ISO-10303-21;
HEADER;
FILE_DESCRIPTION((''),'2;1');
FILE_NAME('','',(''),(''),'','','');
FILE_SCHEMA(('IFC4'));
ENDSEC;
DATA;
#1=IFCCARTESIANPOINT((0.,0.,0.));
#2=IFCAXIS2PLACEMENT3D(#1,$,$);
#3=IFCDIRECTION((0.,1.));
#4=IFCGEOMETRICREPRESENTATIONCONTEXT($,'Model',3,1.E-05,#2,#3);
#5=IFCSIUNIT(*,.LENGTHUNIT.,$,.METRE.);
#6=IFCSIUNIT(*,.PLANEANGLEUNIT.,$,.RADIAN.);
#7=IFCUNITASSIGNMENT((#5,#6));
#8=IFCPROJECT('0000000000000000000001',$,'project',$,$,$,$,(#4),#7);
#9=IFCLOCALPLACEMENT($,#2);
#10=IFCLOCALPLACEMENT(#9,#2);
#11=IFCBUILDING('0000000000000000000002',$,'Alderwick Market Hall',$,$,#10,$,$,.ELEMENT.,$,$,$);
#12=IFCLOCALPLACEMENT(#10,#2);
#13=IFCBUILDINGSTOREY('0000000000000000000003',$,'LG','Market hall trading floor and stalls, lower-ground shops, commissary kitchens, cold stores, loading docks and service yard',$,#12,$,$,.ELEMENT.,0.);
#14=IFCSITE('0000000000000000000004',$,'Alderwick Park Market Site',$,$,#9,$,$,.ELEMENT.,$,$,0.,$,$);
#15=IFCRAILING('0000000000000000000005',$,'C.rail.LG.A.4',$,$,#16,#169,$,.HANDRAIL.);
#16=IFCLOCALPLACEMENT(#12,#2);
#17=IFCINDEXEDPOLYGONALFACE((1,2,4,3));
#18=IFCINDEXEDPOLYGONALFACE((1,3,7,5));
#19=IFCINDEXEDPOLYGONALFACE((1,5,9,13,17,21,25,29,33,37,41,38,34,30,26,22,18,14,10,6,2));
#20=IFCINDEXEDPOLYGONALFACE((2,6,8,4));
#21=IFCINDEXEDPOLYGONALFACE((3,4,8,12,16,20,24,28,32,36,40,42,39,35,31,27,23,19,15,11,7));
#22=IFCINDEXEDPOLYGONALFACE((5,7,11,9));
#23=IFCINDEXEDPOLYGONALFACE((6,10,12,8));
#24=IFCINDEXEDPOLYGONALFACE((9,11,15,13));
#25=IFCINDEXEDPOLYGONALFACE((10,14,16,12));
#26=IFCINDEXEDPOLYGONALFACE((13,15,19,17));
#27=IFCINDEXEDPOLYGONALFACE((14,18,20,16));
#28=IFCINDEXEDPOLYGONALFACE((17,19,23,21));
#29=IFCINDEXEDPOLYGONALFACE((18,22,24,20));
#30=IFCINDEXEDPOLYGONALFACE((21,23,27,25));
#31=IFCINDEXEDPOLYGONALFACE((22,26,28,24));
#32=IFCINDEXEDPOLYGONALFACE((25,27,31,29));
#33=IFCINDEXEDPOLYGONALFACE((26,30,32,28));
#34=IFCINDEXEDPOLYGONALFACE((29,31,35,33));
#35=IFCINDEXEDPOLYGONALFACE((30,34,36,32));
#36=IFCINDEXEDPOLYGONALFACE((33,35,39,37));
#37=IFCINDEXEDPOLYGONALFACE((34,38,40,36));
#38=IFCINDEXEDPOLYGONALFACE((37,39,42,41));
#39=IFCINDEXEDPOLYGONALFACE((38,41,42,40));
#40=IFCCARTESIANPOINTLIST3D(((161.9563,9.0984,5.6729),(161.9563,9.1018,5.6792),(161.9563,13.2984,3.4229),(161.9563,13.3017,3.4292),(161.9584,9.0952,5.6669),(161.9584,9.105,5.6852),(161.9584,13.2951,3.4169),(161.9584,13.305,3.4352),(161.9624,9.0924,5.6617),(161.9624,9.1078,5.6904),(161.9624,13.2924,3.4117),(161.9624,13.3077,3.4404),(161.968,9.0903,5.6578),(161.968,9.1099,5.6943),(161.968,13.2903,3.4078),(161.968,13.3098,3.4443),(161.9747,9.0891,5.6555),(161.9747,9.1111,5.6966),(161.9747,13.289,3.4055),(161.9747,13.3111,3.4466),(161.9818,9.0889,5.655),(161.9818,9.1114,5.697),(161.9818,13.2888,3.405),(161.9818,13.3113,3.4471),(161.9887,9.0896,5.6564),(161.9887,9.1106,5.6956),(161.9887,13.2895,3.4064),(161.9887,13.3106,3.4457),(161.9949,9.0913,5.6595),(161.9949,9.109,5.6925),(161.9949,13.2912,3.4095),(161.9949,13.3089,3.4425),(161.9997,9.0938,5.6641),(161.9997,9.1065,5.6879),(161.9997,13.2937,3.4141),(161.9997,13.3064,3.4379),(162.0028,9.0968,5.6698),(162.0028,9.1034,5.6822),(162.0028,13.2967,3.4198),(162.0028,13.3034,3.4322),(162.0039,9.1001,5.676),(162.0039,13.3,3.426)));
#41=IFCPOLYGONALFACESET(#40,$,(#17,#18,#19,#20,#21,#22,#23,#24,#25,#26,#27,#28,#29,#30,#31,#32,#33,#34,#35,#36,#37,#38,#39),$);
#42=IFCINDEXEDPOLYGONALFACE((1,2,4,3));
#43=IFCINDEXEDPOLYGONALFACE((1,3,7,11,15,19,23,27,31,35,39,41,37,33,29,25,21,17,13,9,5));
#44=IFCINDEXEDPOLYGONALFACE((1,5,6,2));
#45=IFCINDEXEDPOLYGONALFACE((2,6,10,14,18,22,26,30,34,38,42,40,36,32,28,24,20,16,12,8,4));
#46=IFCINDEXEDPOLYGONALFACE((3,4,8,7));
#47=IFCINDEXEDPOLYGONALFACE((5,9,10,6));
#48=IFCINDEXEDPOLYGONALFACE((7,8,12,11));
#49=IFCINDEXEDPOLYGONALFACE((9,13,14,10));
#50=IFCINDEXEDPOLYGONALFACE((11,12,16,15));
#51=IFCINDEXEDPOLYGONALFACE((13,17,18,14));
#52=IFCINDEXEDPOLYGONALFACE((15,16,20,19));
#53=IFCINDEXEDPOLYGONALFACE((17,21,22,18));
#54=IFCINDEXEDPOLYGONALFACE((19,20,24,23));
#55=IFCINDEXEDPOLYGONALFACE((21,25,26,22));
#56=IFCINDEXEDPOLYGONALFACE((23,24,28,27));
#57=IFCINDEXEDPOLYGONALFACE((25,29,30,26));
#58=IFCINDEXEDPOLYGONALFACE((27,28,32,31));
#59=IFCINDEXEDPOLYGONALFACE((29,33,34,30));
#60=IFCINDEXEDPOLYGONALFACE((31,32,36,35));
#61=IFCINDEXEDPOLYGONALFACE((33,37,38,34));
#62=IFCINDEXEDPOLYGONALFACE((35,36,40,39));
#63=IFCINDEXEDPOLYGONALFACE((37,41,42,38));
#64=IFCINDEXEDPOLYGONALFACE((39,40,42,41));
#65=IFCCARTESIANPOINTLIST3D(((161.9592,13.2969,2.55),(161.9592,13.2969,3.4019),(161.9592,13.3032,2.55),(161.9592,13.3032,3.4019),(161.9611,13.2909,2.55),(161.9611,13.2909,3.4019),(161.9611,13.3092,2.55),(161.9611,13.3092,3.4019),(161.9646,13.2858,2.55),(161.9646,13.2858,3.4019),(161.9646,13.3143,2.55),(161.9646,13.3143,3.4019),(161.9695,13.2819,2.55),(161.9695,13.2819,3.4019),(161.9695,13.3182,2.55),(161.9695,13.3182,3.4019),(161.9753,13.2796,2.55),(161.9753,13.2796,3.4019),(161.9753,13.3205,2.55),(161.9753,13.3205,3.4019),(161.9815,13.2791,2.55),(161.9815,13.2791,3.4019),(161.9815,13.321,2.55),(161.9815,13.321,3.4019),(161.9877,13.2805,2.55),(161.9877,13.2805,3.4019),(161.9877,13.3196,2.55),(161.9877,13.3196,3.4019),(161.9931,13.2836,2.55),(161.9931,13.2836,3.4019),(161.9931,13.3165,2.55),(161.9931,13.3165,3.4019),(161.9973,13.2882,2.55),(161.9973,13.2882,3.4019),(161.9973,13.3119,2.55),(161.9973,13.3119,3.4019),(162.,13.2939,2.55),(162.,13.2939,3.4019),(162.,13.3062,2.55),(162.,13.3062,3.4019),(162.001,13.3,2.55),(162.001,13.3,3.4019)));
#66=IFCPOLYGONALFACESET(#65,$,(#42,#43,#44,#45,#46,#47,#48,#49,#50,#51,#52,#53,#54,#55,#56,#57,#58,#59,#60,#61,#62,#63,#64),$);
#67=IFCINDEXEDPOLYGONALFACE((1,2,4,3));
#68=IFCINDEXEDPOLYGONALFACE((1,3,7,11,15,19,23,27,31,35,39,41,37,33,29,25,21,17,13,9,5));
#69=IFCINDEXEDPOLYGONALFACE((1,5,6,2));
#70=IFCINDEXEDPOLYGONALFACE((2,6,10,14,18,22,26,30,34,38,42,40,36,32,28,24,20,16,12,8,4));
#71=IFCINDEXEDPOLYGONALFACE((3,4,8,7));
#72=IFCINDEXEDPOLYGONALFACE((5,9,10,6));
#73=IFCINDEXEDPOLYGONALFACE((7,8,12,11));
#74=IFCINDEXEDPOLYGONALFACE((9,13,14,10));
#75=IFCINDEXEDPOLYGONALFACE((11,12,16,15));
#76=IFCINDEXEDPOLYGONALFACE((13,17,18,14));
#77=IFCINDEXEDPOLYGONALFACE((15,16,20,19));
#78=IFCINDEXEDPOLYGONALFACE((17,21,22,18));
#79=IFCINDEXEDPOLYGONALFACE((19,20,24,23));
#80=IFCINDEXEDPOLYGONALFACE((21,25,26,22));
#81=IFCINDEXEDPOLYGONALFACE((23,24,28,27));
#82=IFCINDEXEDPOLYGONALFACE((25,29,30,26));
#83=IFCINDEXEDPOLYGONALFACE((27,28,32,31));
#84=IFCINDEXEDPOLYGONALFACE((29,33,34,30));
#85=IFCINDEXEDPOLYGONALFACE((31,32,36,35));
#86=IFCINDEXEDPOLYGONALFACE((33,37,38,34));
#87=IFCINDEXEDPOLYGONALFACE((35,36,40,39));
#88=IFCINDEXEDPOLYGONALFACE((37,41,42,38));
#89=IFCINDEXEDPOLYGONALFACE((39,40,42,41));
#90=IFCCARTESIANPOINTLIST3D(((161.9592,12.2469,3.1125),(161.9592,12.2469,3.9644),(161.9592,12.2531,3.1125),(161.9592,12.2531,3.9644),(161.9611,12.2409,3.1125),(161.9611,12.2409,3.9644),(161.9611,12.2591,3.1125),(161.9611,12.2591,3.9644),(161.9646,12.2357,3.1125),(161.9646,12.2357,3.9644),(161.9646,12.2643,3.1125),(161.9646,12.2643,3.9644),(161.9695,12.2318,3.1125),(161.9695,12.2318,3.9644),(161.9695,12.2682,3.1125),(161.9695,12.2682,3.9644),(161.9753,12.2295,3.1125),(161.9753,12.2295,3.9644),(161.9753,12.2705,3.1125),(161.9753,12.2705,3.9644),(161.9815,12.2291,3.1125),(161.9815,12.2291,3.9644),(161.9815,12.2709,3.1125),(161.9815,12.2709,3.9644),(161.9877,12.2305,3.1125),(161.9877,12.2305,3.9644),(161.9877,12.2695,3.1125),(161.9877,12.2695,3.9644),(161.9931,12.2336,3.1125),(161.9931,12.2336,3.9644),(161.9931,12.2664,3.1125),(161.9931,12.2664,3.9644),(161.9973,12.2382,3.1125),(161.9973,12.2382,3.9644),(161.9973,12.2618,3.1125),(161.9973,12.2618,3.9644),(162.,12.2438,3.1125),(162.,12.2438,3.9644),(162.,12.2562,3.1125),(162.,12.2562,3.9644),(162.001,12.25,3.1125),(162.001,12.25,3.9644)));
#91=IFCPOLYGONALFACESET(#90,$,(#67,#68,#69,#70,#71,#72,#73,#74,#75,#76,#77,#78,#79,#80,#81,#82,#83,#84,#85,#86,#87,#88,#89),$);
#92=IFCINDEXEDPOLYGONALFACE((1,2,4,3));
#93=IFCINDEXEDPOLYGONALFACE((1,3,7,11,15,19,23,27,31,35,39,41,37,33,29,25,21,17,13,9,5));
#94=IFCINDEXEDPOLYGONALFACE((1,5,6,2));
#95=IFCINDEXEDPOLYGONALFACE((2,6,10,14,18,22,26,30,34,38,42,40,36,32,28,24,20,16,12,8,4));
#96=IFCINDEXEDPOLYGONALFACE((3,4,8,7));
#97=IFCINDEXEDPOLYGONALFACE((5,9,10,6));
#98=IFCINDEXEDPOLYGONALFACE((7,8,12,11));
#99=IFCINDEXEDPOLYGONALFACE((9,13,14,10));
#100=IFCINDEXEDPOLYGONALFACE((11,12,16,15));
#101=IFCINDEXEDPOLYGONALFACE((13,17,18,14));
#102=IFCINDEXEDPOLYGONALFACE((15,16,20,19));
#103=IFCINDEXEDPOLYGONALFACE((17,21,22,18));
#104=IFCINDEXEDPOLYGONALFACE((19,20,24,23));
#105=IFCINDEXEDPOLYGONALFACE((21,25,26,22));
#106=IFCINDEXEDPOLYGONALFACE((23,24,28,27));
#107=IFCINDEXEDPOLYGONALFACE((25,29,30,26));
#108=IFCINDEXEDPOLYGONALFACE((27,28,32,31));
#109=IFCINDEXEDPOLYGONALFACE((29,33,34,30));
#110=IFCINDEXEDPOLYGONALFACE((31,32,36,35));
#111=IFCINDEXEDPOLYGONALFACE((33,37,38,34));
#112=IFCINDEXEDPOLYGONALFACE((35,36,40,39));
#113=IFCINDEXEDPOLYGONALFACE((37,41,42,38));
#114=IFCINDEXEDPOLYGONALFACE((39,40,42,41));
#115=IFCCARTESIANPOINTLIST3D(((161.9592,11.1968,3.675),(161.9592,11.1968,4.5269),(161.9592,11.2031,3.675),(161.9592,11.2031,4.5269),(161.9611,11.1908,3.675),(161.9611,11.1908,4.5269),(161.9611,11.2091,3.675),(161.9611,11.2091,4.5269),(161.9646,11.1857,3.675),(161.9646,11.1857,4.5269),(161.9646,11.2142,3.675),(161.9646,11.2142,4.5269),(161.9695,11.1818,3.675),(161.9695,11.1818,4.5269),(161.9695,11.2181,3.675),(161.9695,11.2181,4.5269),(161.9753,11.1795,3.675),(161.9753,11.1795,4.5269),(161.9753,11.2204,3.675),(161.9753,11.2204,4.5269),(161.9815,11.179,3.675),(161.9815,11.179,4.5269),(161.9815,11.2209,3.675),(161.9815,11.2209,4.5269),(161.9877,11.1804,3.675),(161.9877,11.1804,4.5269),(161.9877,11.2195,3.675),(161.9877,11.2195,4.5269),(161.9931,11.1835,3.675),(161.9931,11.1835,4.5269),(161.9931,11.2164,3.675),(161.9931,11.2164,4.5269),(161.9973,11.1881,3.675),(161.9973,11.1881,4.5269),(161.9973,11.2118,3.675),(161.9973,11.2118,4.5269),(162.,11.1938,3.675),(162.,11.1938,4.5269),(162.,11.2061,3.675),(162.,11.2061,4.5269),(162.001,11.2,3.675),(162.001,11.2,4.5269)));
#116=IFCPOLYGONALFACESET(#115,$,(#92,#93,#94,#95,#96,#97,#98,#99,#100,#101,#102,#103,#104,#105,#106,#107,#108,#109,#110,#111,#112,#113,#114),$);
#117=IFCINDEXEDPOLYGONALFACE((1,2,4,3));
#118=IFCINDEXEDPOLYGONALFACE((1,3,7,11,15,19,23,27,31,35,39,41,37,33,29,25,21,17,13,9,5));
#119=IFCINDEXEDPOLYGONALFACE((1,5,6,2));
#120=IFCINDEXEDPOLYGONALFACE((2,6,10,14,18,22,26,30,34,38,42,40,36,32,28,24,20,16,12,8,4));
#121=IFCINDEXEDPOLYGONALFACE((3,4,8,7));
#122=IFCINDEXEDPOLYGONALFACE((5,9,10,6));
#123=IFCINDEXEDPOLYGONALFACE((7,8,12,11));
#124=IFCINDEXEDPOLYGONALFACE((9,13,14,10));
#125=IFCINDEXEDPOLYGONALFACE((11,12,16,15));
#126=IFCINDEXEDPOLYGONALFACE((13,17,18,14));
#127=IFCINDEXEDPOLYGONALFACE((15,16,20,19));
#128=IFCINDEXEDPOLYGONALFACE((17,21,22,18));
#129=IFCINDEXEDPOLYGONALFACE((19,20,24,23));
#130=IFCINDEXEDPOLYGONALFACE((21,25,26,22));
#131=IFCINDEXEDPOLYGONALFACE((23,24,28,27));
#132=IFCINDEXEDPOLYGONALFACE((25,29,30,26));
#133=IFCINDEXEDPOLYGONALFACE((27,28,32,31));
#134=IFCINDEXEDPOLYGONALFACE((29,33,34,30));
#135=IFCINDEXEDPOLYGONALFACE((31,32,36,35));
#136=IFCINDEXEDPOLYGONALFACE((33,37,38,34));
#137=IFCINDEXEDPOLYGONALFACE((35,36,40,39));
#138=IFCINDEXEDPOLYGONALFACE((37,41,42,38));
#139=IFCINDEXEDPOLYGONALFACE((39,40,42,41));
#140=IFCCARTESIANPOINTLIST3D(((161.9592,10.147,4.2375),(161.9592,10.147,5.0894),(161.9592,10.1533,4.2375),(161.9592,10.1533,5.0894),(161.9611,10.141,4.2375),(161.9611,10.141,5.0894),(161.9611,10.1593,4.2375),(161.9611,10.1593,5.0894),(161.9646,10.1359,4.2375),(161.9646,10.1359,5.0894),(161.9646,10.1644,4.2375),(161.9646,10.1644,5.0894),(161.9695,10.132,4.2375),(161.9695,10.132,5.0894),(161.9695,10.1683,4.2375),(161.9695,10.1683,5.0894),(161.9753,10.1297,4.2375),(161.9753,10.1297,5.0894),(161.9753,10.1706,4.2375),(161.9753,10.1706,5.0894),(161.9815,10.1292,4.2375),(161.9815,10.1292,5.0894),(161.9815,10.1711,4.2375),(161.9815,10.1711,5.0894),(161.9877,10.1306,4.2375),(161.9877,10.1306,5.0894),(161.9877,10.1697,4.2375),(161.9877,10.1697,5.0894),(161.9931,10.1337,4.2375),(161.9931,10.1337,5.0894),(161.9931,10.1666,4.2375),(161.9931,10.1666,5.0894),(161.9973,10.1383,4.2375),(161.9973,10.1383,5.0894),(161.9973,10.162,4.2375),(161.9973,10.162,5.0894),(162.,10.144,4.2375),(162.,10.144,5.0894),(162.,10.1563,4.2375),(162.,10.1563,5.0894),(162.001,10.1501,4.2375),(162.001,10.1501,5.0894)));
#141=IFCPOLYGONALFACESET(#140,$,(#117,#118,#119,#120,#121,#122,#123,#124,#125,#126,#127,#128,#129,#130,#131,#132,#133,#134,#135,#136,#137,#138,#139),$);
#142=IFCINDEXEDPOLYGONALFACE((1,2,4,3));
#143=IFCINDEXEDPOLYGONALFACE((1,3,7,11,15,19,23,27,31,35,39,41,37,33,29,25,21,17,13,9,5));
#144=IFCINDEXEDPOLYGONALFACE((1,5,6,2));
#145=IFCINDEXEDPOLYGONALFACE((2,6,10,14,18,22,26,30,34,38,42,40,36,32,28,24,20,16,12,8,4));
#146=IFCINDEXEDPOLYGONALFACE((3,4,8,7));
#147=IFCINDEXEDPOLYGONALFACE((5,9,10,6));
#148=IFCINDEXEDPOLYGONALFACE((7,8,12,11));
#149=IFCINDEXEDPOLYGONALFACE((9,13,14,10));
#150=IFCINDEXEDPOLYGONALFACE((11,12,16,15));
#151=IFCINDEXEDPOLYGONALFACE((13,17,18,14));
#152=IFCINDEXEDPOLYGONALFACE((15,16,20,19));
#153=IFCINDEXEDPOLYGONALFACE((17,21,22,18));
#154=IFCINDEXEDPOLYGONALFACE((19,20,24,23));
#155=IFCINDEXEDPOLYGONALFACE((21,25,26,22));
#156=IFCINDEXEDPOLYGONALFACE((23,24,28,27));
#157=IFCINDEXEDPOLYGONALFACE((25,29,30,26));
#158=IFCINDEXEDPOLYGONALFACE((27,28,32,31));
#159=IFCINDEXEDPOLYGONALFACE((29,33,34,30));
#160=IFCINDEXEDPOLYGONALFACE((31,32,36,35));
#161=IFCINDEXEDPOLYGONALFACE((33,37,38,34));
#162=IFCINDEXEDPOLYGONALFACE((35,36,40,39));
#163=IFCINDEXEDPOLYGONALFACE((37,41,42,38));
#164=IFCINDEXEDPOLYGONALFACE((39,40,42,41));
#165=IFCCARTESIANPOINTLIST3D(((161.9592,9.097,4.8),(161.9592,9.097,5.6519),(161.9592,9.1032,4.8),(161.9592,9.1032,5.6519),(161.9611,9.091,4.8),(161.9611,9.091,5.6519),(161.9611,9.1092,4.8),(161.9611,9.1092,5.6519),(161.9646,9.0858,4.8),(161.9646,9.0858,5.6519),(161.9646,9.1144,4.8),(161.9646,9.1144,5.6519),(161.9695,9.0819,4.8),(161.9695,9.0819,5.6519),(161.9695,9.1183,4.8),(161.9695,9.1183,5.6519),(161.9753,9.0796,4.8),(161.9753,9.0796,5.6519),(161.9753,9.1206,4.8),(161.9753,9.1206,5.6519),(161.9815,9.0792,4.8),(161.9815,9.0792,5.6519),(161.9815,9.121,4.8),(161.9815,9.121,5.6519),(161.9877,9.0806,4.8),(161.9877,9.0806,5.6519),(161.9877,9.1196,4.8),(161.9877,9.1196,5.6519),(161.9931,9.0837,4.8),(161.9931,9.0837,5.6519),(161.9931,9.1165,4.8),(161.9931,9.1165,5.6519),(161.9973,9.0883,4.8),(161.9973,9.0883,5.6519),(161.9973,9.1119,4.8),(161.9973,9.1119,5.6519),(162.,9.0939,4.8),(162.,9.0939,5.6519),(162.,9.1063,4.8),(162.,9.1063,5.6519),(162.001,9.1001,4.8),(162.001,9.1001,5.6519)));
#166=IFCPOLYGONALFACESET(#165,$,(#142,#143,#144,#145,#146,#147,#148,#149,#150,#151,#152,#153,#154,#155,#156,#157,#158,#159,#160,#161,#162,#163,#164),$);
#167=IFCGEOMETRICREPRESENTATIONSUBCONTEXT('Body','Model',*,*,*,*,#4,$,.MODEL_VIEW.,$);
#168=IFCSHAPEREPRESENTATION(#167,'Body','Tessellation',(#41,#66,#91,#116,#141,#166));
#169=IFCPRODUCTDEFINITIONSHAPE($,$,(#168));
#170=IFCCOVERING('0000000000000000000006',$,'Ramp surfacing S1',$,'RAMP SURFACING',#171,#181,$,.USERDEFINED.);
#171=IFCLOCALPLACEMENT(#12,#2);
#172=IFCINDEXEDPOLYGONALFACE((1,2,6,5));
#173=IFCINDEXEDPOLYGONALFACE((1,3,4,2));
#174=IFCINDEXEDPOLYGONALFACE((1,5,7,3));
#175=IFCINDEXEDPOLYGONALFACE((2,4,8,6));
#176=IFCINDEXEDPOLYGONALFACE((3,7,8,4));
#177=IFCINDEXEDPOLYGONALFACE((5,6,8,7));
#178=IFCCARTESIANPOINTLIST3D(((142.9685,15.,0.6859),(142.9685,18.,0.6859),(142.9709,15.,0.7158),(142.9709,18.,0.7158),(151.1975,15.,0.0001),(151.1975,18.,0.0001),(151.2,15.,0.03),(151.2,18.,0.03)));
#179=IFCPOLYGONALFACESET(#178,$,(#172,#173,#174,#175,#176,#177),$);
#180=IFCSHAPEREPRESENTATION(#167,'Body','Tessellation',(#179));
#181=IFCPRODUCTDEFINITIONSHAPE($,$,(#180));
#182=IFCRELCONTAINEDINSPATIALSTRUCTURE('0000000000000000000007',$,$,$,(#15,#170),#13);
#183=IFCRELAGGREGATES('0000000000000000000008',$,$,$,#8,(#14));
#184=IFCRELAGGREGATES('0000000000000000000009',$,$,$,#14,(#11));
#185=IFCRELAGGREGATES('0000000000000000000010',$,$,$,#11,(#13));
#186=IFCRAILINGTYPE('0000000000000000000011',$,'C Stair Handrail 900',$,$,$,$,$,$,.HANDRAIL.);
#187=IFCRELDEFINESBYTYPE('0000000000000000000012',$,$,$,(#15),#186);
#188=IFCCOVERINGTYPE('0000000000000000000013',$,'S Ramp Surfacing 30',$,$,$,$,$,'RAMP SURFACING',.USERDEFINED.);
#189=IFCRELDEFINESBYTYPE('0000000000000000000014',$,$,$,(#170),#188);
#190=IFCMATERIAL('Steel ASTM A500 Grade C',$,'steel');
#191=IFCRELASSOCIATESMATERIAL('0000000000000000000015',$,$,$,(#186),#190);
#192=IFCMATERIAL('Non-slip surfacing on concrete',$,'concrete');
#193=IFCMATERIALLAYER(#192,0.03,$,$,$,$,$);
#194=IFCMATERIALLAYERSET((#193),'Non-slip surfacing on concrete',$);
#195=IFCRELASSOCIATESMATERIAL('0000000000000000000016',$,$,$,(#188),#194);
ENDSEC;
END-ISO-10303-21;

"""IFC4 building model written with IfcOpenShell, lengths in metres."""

from ifc_helpers import new_model, si_unit, direction, frame, origin, origin_2d, place, context, subcontext, project, spatial, polyline, circle, outline, extrude, material, layer, layer_set, type_object, element, save


model = new_model("IFC4")

# Units and contexts
model_context = context("Model", 3, precision=1e-05, world=origin(), true_north=direction((0.0, 1.0)))
body_context = subcontext(model_context, "Body", "Model", "MODEL_VIEW")
ifc_project = project(units=[si_unit("LENGTHUNIT", "METRE"), si_unit("PLANEANGLEUNIT", "RADIAN")], contexts=[model_context])

# Site, building, storey
site_placement = place(None, origin())
site = spatial("IfcSite", under=ifc_project, at=site_placement, Name="Alderwick Park Market Site", CompositionType="ELEMENT", RefElevation=0.0)
building_placement = place(site_placement, origin())
building = spatial("IfcBuilding", under=site, at=building_placement, Name="Alderwick Market Hall", CompositionType="ELEMENT")
storey_placement = place(building_placement, origin())
storey = spatial("IfcBuildingStorey", under=building, at=storey_placement, Name="LG", Description="Market hall trading floor and stalls, lower-ground shops, commissary kitchens, cold stores, loading docks and service yard", CompositionType="ELEMENT", Elevation=0.0)

# Railing
ifc_material_1 = material(Name="Steel ASTM A500 Grade C", Category="steel")
railing_type_1 = type_object("IfcRailingType", Name="C Stair Handrail 900", PredefinedType="HANDRAIL", material=ifc_material_1)
for number, where, name in (
    (1, (161.98, 13.3, 2.55), "C.rail.LG.A.4"),
):
    element("IfcRailing", number, at=place(storey_placement, frame(where)), inside=storey, type_object=railing_type_1, Name=name, PredefinedType="HANDRAIL", context=body_context, shape_type="SweptSolid", body=[
        extrude(circle(Radius=0.0239, at=origin_2d()), frame((0.0, 0.0, 0.876), z_axis=(0.0, -0.881478, 0.472226), x_axis=(1.0, 0.0, 0.0)), (0.0, 0.0, 1.0), 4.7646),
        extrude(circle(Radius=0.021, at=origin_2d()), origin(), (0.0, 0.0, 1.0), 0.8518),
        extrude(circle(Radius=0.021, at=origin_2d()), frame((0.0, -1.05, 0.5625)), (0.0, 0.0, 1.0), 0.8518),
        extrude(circle(Radius=0.021, at=origin_2d()), frame((0.0, -2.1001, 1.125)), (0.0, 0.0, 1.0), 0.8518),
        extrude(circle(Radius=0.021, at=origin_2d()), frame((0.0, -3.1499, 1.6875)), (0.0, 0.0, 1.0), 0.8518),
        extrude(circle(Radius=0.021, at=origin_2d()), frame((0.0, -4.2, 2.25)), (0.0, 0.0, 1.0), 0.8518),
    ])

# Covering
ifc_material_2 = material(Name="Non-slip surfacing on concrete", Category="concrete")
ifc_layer_1 = layer(ifc_material_2, 0.03)
ifc_layer_set_1 = layer_set([ifc_layer_1], Name="Non-slip surfacing on concrete")
covering_type = type_object("IfcCoveringType", Name="S Ramp Surfacing 30", ElementType="RAMP SURFACING", PredefinedType="USERDEFINED", material=ifc_layer_set_1)
covering_placement = place(storey_placement, frame((151.2, 15.0, 0.03), z_axis=(0.08305, 0.0, 0.996545), x_axis=(-0.996545, 0.0, 0.08305)))
element("IfcCovering", 2, at=covering_placement, inside=storey, type_object=covering_type, Name="Ramp surfacing S1", ObjectType="RAMP SURFACING", PredefinedType="USERDEFINED", context=body_context, shape_type="SweptSolid", body=[
    extrude(outline(polyline([(0.0, 0.0), (8.2575, 0.0), (8.2575, -3.0), (0.0, -3.0), (0.0, 0.0)])), origin(), (0.0, 0.0, -1.0), 0.03),
])

save(model, "model.ifc")
